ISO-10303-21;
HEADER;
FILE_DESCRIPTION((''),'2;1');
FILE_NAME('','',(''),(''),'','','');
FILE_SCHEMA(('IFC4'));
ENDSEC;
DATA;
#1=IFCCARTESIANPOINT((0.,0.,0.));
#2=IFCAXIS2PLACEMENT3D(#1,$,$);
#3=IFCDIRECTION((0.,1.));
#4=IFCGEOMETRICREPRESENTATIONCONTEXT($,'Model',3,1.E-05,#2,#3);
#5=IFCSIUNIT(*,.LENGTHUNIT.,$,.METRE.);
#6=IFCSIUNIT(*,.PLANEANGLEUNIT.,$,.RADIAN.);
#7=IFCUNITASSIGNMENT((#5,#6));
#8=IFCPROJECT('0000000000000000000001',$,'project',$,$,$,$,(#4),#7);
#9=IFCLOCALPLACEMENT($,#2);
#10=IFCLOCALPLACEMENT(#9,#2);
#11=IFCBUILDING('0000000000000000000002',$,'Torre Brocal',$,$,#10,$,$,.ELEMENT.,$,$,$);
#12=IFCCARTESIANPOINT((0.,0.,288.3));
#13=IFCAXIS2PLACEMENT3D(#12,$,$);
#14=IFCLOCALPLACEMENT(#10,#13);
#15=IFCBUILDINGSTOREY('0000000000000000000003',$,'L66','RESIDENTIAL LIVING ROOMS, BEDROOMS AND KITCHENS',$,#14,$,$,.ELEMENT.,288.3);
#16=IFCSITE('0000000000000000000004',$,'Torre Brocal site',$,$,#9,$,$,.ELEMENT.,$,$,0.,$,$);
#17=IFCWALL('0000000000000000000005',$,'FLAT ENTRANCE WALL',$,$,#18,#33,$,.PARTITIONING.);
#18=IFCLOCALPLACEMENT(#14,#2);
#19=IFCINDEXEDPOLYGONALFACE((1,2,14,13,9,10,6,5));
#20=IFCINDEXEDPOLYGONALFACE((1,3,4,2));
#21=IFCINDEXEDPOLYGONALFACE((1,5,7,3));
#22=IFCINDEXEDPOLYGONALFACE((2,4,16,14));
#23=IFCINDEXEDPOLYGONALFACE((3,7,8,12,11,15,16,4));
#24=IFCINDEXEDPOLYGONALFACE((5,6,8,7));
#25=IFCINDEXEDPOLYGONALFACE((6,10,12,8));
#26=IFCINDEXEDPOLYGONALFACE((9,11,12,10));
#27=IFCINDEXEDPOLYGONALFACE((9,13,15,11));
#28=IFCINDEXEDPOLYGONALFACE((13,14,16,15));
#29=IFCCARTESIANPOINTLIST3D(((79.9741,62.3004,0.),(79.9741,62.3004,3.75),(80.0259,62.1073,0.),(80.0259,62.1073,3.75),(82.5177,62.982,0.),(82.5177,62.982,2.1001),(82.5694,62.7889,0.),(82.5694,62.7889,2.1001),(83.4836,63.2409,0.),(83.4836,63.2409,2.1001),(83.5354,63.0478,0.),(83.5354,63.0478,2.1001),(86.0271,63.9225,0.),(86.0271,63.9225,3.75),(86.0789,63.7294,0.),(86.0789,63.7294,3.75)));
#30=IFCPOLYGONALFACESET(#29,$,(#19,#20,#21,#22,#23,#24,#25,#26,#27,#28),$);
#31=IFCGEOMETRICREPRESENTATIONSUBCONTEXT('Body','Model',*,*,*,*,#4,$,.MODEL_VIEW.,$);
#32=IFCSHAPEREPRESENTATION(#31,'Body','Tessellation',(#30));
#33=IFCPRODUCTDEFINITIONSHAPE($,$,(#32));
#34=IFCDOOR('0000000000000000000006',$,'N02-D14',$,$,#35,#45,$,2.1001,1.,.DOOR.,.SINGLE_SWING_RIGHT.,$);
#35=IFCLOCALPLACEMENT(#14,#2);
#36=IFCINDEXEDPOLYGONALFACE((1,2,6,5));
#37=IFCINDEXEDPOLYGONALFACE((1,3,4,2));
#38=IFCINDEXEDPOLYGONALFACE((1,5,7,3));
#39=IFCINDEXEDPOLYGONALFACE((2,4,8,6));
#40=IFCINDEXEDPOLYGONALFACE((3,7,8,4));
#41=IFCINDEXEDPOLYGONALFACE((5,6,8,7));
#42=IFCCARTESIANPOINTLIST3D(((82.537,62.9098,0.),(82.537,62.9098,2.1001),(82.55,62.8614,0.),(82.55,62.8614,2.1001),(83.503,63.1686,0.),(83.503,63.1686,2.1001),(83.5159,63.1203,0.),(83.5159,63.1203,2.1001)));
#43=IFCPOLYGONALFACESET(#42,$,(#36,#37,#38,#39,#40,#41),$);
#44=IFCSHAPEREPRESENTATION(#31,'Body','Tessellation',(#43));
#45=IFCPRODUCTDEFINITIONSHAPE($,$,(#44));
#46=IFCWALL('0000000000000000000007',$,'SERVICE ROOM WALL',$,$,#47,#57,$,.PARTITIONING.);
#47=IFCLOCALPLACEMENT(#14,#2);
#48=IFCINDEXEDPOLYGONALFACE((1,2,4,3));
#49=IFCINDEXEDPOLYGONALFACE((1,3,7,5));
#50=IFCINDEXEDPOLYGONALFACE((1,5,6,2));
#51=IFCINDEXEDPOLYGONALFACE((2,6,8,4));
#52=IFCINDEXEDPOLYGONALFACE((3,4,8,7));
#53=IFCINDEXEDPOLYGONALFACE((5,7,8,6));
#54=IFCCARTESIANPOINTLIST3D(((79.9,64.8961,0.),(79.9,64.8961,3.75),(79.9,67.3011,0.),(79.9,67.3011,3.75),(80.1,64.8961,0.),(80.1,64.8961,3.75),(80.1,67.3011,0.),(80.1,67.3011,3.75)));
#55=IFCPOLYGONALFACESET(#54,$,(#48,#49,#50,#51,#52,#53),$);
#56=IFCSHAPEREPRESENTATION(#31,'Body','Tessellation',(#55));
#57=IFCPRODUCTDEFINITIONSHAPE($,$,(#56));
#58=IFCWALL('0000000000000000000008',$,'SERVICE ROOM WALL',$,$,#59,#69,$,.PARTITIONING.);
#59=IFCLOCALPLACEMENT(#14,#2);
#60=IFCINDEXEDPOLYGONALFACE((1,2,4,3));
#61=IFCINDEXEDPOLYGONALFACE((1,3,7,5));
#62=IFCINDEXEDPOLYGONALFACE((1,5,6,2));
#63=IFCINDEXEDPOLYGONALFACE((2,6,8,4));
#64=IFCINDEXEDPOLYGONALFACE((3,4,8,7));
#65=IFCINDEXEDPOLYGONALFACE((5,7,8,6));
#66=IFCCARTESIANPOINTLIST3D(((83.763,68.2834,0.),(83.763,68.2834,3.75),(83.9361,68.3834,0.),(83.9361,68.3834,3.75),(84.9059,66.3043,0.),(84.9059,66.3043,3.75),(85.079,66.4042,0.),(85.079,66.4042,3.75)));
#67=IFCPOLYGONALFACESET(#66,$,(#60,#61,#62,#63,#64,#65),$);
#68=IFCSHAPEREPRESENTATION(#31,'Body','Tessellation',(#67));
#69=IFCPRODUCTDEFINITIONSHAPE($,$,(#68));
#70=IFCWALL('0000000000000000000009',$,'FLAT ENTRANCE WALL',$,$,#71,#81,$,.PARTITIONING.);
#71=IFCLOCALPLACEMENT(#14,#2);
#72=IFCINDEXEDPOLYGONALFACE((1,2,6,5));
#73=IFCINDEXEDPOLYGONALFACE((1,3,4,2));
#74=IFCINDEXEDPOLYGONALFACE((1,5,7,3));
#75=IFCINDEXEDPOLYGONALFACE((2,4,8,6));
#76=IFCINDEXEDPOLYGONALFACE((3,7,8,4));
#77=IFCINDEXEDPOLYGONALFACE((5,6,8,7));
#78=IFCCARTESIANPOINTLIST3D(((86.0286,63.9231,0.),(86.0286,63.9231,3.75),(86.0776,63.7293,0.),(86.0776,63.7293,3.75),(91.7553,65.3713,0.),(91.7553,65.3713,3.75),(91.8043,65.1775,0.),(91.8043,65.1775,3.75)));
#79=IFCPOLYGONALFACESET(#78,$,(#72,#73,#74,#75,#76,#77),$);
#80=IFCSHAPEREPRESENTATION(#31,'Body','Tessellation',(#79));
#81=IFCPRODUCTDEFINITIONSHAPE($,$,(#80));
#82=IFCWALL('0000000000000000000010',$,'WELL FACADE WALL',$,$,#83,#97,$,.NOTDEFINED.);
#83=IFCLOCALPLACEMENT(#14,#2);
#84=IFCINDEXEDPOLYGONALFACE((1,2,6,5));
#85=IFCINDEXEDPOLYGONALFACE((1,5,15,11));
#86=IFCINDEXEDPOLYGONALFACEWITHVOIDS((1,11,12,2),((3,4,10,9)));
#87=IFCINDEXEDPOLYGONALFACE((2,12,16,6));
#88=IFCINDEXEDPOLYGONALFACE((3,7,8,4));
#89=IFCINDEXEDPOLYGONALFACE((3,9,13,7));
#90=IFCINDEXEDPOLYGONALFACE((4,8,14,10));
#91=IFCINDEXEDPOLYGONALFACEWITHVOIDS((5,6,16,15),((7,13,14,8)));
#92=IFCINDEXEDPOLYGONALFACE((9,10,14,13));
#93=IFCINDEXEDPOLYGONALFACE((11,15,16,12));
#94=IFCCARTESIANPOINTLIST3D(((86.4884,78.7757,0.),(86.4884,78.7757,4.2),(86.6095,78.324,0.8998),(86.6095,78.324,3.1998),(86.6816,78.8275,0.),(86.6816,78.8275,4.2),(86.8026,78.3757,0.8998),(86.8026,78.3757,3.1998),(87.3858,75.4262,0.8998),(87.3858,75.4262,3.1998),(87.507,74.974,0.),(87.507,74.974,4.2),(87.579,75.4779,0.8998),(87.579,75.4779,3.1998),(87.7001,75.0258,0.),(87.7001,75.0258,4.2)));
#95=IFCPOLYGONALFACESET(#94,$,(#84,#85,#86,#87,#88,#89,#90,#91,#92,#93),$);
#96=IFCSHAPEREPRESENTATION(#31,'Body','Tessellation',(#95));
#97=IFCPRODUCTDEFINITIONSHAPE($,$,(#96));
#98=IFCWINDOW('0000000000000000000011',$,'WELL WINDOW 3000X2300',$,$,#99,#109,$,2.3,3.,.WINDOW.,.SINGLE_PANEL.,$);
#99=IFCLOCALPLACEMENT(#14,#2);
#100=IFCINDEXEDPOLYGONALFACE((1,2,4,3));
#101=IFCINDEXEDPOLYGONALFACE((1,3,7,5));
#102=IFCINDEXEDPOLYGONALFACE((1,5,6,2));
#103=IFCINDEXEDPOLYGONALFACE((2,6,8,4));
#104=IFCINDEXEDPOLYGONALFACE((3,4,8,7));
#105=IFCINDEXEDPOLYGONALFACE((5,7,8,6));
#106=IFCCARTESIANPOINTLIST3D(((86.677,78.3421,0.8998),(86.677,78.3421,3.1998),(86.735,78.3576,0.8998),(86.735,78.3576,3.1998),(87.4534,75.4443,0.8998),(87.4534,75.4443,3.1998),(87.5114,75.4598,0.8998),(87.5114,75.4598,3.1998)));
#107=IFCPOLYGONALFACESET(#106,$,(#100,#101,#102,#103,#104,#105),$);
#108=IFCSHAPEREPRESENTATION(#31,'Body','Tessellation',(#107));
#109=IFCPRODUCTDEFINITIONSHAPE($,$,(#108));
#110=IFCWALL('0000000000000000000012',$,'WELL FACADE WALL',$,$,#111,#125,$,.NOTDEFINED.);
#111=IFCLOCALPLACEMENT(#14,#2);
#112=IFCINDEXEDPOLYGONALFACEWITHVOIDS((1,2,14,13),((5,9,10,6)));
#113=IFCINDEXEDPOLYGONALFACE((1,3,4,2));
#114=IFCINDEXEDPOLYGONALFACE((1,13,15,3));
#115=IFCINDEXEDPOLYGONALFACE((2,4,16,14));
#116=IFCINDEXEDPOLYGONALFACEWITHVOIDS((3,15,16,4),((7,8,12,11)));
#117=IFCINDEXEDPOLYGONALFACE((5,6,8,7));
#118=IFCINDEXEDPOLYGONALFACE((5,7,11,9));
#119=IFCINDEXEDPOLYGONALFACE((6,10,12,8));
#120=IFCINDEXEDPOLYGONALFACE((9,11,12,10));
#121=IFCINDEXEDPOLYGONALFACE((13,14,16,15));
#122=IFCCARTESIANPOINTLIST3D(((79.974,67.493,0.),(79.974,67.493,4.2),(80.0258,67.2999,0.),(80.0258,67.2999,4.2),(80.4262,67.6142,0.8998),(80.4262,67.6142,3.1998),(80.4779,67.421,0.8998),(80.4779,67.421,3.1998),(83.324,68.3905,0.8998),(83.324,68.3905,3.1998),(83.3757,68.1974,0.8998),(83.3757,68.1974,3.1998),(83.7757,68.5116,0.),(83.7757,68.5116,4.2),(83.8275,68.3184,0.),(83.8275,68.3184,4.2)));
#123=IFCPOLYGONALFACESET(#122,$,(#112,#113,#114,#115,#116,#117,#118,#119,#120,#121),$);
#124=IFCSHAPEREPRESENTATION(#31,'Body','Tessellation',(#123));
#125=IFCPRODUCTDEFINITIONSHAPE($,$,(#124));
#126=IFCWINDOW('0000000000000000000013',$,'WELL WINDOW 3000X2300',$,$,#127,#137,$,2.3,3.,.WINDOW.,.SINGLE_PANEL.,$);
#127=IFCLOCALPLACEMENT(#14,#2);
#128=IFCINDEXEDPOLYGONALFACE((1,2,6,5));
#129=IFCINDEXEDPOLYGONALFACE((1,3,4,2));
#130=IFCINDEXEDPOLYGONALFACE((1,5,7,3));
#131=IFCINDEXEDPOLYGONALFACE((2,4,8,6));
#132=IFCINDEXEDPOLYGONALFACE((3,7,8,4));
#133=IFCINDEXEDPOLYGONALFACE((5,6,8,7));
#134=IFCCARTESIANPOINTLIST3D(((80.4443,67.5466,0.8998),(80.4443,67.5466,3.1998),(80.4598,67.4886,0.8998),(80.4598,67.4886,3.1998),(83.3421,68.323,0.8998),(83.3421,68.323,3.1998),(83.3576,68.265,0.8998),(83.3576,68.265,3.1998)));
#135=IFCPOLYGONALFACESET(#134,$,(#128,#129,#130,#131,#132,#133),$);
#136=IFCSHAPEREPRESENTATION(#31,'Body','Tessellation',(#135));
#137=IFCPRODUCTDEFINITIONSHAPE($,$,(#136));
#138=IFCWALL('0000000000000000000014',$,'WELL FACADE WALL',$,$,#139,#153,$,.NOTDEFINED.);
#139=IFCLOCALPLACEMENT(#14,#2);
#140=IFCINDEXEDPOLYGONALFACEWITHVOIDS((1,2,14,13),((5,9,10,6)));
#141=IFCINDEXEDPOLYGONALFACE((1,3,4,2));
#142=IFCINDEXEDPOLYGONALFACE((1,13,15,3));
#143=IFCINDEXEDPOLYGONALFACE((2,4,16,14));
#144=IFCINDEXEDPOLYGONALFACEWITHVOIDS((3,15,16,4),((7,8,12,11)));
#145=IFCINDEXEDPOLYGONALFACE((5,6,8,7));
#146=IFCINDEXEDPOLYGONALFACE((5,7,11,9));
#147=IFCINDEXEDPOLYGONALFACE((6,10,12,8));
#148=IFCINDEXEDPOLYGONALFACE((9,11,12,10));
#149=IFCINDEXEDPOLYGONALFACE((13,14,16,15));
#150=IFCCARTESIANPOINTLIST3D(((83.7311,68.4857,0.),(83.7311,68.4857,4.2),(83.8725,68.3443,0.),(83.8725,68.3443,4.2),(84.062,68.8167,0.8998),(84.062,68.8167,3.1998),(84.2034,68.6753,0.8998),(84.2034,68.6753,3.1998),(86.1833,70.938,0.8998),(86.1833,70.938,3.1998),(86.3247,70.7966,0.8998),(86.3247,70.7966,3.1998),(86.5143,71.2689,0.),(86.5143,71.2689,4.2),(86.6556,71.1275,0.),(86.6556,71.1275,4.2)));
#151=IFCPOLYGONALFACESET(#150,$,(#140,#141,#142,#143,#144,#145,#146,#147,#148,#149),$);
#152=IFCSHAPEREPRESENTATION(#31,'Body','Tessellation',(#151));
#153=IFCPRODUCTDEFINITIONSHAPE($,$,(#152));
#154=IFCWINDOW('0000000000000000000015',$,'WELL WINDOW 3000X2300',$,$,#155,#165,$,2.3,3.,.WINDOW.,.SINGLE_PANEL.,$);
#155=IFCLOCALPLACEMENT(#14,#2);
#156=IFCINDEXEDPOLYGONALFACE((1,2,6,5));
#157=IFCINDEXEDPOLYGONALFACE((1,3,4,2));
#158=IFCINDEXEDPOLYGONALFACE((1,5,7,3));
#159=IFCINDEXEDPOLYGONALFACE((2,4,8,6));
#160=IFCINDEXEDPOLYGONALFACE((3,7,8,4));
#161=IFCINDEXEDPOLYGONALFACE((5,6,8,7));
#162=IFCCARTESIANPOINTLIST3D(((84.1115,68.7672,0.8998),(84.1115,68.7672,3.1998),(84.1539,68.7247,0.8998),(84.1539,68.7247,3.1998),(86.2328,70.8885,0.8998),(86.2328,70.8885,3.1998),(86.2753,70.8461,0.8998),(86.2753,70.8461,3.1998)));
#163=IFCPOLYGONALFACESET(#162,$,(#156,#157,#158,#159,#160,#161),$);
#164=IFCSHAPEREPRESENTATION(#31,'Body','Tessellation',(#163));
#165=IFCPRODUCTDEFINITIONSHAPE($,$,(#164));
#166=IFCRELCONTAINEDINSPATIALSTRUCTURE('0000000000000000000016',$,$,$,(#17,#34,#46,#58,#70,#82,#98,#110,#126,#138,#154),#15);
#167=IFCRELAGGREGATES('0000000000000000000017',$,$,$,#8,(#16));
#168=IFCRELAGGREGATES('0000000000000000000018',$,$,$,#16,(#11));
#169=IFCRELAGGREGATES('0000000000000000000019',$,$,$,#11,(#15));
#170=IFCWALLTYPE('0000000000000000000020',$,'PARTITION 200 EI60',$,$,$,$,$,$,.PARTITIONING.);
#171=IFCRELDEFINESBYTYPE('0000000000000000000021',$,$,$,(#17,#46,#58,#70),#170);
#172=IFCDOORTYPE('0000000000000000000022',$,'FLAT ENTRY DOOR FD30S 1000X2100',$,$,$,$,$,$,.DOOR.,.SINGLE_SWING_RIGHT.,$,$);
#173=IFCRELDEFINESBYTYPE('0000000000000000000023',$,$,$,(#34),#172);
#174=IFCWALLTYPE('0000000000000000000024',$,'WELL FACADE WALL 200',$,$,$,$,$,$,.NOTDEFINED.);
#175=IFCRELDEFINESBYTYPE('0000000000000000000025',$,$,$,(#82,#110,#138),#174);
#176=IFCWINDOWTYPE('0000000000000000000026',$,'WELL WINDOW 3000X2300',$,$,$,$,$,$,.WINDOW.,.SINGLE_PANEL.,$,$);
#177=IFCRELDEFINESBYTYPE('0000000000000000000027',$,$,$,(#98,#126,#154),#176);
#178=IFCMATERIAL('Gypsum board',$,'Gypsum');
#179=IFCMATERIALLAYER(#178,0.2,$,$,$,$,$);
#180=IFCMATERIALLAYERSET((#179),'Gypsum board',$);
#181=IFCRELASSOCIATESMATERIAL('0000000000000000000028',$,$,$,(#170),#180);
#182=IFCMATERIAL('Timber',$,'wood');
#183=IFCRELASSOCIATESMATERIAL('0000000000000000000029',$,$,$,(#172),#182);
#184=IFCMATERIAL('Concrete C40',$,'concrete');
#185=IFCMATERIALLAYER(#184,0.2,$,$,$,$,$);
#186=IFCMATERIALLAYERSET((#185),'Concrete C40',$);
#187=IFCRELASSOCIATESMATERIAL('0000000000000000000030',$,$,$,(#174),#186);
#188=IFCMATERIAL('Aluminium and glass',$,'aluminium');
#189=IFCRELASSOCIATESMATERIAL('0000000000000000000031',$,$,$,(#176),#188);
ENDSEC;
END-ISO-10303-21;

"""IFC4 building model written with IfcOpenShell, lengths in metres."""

from ifc_helpers import new_model, si_unit, direction, frame, frame_2d, origin, place, context, subcontext, project, spatial, rectangle, extrude, material, layer, layer_set, type_object, element, fill, save


model = new_model("IFC4")

# Units and contexts
model_context = context("Model", 3, precision=1e-05, world=origin(), true_north=direction((0.0, 1.0)))
body_context = subcontext(model_context, "Body", "Model", "MODEL_VIEW")
ifc_project = project(units=[si_unit("LENGTHUNIT", "METRE"), si_unit("PLANEANGLEUNIT", "RADIAN")], contexts=[model_context])

# Site, building, storey
site_placement = place(None, origin())
site = spatial("IfcSite", under=ifc_project, at=site_placement, Name="Torre Brocal site", CompositionType="ELEMENT", RefElevation=0.0)
building_placement = place(site_placement, origin())
building = spatial("IfcBuilding", under=site, at=building_placement, Name="Torre Brocal", CompositionType="ELEMENT")
storey_placement = place(building_placement, frame((0.0, 0.0, 288.3)))
storey = spatial("IfcBuildingStorey", under=building, at=storey_placement, Name="L66", Description="RESIDENTIAL LIVING ROOMS, BEDROOMS AND KITCHENS", CompositionType="ELEMENT", Elevation=288.3)

# Shared definitions
ifc_material_1 = material(Name="Gypsum board", Category="Gypsum")
ifc_layer_1 = layer(ifc_material_1, 0.2)
ifc_layer_set_1 = layer_set([ifc_layer_1], Name="Gypsum board")
wall_type_1 = type_object("IfcWallType", Name="PARTITION 200 EI60", PredefinedType="PARTITIONING", material=ifc_layer_set_1)

# Wall, opening, door
wall_1_placement = place(storey_placement, frame((80.0, 62.2039, 0.0), z_axis=(0.0, 0.0, 1.0), x_axis=(0.965919, 0.258846, 0.0)))
wall_1 = element("IfcWall", 1, at=wall_1_placement, inside=storey, type_object=wall_type_1, Name="FLAT ENTRANCE WALL", PredefinedType="PARTITIONING", context=body_context, shape_type="SweptSolid", body=[
    extrude(rectangle(XDim=6.2666, YDim=0.2, at=frame_2d((3.1333, 0.0))), origin(), (0.0, 0.0, 1.0), 3.75),
])
opening_1_placement = place(wall_1_placement, frame((2.6333, 0.0, 0.0)))
opening_1 = element("IfcOpeningElement", 2, at=opening_1_placement, cuts=wall_1, PredefinedType="OPENING", context=body_context, shape_type="SweptSolid", body=[
    extrude(rectangle(XDim=1.0, YDim=2.1001, at=frame_2d((0.5, 1.05))), frame((0.0, 0.1099, 0.0), z_axis=(0.0, -1.0, 0.0), x_axis=(1.0, 0.0, 0.0)), (0.0, 0.0, 1.0), 0.22),
])
ifc_material_2 = material(Name="Timber", Category="wood")
door_type_1 = type_object("IfcDoorType", Name="FLAT ENTRY DOOR FD30S 1000X2100", OperationType="SINGLE_SWING_RIGHT", PredefinedType="DOOR", material=ifc_material_2)
door_1_placement = place(opening_1_placement, frame((1.0, 0.0, 0.0), z_axis=(0.0, 0.0, 1.0), x_axis=(-1.0, 0.0, 0.0)))
door_1 = element("IfcDoor", 3, at=door_1_placement, inside=storey, type_object=door_type_1, Name="N02-D14", OperationType="SINGLE_SWING_RIGHT", OverallHeight=2.1001, OverallWidth=1.0, PredefinedType="DOOR", context=body_context, shape_type="SweptSolid", body=[
    extrude(rectangle(XDim=1.0, YDim=2.1001, at=frame_2d((0.5, 1.05))), frame((0.0, 0.0249, 0.0), z_axis=(0.0, -1.0, 0.0), x_axis=(1.0, 0.0, 0.0)), (0.0, 0.0, 1.0), 0.05),
])
fill(opening_1, door_1)

# Walls
wall_2_placement = place(storey_placement, frame((80.0, 64.896, 0.0), z_axis=(0.0, 0.0, 1.0), x_axis=(0.0, 1.0, 0.0)))
element("IfcWall", 4, at=wall_2_placement, inside=storey, type_object=wall_type_1, Name="SERVICE ROOM WALL", PredefinedType="PARTITIONING", context=body_context, shape_type="SweptSolid", body=[
    extrude(rectangle(XDim=2.405, YDim=0.2, at=frame_2d((1.2026, 0.0))), origin(), (0.0, 0.0, 1.0), 3.75),
])
wall_3_placement = place(storey_placement, frame((83.8496, 68.3333, 0.0), z_axis=(0.0, 0.0, 1.0), x_axis=(0.50008, -0.865979, 0.0)))
element("IfcWall", 5, at=wall_3_placement, inside=storey, type_object=wall_type_1, Name="SERVICE ROOM WALL", PredefinedType="PARTITIONING", context=body_context, shape_type="SweptSolid", body=[
    extrude(rectangle(XDim=2.2854, YDim=0.2, at=frame_2d((1.1426, 0.0))), origin(), (0.0, 0.0, 1.0), 3.75),
])
wall_4_placement = place(storey_placement, frame((86.053, 63.8262, 0.0), z_axis=(0.0, 0.0, 1.0), x_axis=(0.96948, 0.24517, 0.0)))
element("IfcWall", 6, at=wall_4_placement, inside=storey, type_object=wall_type_1, Name="FLAT ENTRANCE WALL", PredefinedType="PARTITIONING", context=body_context, shape_type="SweptSolid", body=[
    extrude(rectangle(XDim=5.907, YDim=0.2, at=frame_2d((2.9536, 0.0))), origin(), (0.0, 0.0, 1.0), 3.75),
])

# Walls, openings, windows
ifc_material_3 = material(Name="Concrete C40", Category="concrete")
ifc_layer_2 = layer(ifc_material_3, 0.2)
ifc_layer_set_2 = layer_set([ifc_layer_2], Name="Concrete C40")
wall_type_2 = type_object("IfcWallType", Name="WELL FACADE WALL 200", PredefinedType="NOTDEFINED", material=ifc_layer_set_2)
wall_5_placement = place(storey_placement, frame((87.6035, 75.0, 0.0), z_axis=(0.0, 0.0, 1.0), x_axis=(-0.25879, 0.965934, 0.0)))
wall_5 = element("IfcWall", 7, at=wall_5_placement, inside=storey, type_object=wall_type_2, Name="WELL FACADE WALL", PredefinedType="NOTDEFINED", context=body_context, shape_type="SweptSolid", body=[
    extrude(rectangle(XDim=3.9358, YDim=0.2, at=frame_2d((1.9678, 0.0))), origin(), (0.0, 0.0, 1.0), 4.2),
])
opening_2_placement = place(wall_5_placement, frame((0.468, 0.0, 0.8999)))
opening_2 = element("IfcOpeningElement", 8, at=opening_2_placement, cuts=wall_5, PredefinedType="OPENING", context=body_context, shape_type="SweptSolid", body=[
    extrude(rectangle(XDim=3.0, YDim=2.3, at=frame_2d((1.5, 1.1499))), frame((0.0, 0.1099, 0.0), z_axis=(0.0, -1.0, 0.0), x_axis=(1.0, 0.0, 0.0)), (0.0, 0.0, 1.0), 0.22),
])
ifc_material_4 = material(Name="Aluminium and glass", Category="aluminium")
window_type = type_object("IfcWindowType", Name="WELL WINDOW 3000X2300", PartitioningType="SINGLE_PANEL", PredefinedType="WINDOW", material=ifc_material_4)
window_1_placement = place(opening_2_placement, origin())
window_1 = element("IfcWindow", 9, at=window_1_placement, inside=storey, type_object=window_type, Name="WELL WINDOW 3000X2300", OverallHeight=2.3, OverallWidth=3.0, PartitioningType="SINGLE_PANEL", PredefinedType="WINDOW", context=body_context, shape_type="SweptSolid", body=[
    extrude(rectangle(XDim=3.0, YDim=2.3, at=frame_2d((1.5, 1.1499))), frame((0.0, 0.03, 0.0), z_axis=(0.0, -1.0, 0.0), x_axis=(1.0, 0.0, 0.0)), (0.0, 0.0, 1.0), 0.0601),
])
fill(opening_2, window_1)
wall_6_placement = place(storey_placement, frame((80.0, 67.3965, 0.0), z_axis=(0.0, 0.0, 1.0), x_axis=(0.965934, 0.25879, 0.0)))
wall_6 = element("IfcWall", 10, at=wall_6_placement, inside=storey, type_object=wall_type_2, Name="WELL FACADE WALL", PredefinedType="NOTDEFINED", context=body_context, shape_type="SweptSolid", body=[
    extrude(rectangle(XDim=3.9358, YDim=0.2, at=frame_2d((1.9678, 0.0))), origin(), (0.0, 0.0, 1.0), 4.2),
])
opening_3_placement = place(wall_6_placement, frame((0.468, 0.0, 0.8999)))
opening_3 = element("IfcOpeningElement", 11, at=opening_3_placement, cuts=wall_6, PredefinedType="OPENING", context=body_context, shape_type="SweptSolid", body=[
    extrude(rectangle(XDim=3.0, YDim=2.3, at=frame_2d((1.5, 1.1499))), frame((0.0, 0.1099, 0.0), z_axis=(0.0, -1.0, 0.0), x_axis=(1.0, 0.0, 0.0)), (0.0, 0.0, 1.0), 0.22),
])
window_2_placement = place(opening_3_placement, origin())
window_2 = element("IfcWindow", 12, at=window_2_placement, inside=storey, type_object=window_type, Name="WELL WINDOW 3000X2300", OverallHeight=2.3, OverallWidth=3.0, PartitioningType="SINGLE_PANEL", PredefinedType="WINDOW", context=body_context, shape_type="SweptSolid", body=[
    extrude(rectangle(XDim=3.0, YDim=2.3, at=frame_2d((1.5, 1.1499))), frame((0.0, 0.03, 0.0), z_axis=(0.0, -1.0, 0.0), x_axis=(1.0, 0.0, 0.0)), (0.0, 0.0, 1.0), 0.0601),
])
fill(opening_3, window_2)
wall_7_placement = place(storey_placement, frame((83.8018, 68.415, 0.0), z_axis=(0.0, 0.0, 1.0), x_axis=(0.707107, 0.707107, 0.0)))
wall_7 = element("IfcWall", 13, at=wall_7_placement, inside=storey, type_object=wall_type_2, Name="WELL FACADE WALL", PredefinedType="NOTDEFINED", context=body_context, shape_type="SweptSolid", body=[
    extrude(rectangle(XDim=3.936, YDim=0.2, at=frame_2d((1.968, 0.0))), origin(), (0.0, 0.0, 1.0), 4.2),
])
opening_4_placement = place(wall_7_placement, frame((0.468, 0.0, 0.8999)))
opening_4 = element("IfcOpeningElement", 14, at=opening_4_placement, cuts=wall_7, PredefinedType="OPENING", context=body_context, shape_type="SweptSolid", body=[
    extrude(rectangle(XDim=3.0, YDim=2.3, at=frame_2d((1.5, 1.1499))), frame((0.0, 0.1099, 0.0), z_axis=(0.0, -1.0, 0.0), x_axis=(1.0, 0.0, 0.0)), (0.0, 0.0, 1.0), 0.22),
])
window_3_placement = place(opening_4_placement, origin())
window_3 = element("IfcWindow", 15, at=window_3_placement, inside=storey, type_object=window_type, Name="WELL WINDOW 3000X2300", OverallHeight=2.3, OverallWidth=3.0, PartitioningType="SINGLE_PANEL", PredefinedType="WINDOW", context=body_context, shape_type="SweptSolid", body=[
    extrude(rectangle(XDim=3.0, YDim=2.3, at=frame_2d((1.5, 1.1499))), frame((0.0, 0.03, 0.0), z_axis=(0.0, -1.0, 0.0), x_axis=(1.0, 0.0, 0.0)), (0.0, 0.0, 1.0), 0.0601),
])
fill(opening_4, window_3)

save(model, "model.ifc")
